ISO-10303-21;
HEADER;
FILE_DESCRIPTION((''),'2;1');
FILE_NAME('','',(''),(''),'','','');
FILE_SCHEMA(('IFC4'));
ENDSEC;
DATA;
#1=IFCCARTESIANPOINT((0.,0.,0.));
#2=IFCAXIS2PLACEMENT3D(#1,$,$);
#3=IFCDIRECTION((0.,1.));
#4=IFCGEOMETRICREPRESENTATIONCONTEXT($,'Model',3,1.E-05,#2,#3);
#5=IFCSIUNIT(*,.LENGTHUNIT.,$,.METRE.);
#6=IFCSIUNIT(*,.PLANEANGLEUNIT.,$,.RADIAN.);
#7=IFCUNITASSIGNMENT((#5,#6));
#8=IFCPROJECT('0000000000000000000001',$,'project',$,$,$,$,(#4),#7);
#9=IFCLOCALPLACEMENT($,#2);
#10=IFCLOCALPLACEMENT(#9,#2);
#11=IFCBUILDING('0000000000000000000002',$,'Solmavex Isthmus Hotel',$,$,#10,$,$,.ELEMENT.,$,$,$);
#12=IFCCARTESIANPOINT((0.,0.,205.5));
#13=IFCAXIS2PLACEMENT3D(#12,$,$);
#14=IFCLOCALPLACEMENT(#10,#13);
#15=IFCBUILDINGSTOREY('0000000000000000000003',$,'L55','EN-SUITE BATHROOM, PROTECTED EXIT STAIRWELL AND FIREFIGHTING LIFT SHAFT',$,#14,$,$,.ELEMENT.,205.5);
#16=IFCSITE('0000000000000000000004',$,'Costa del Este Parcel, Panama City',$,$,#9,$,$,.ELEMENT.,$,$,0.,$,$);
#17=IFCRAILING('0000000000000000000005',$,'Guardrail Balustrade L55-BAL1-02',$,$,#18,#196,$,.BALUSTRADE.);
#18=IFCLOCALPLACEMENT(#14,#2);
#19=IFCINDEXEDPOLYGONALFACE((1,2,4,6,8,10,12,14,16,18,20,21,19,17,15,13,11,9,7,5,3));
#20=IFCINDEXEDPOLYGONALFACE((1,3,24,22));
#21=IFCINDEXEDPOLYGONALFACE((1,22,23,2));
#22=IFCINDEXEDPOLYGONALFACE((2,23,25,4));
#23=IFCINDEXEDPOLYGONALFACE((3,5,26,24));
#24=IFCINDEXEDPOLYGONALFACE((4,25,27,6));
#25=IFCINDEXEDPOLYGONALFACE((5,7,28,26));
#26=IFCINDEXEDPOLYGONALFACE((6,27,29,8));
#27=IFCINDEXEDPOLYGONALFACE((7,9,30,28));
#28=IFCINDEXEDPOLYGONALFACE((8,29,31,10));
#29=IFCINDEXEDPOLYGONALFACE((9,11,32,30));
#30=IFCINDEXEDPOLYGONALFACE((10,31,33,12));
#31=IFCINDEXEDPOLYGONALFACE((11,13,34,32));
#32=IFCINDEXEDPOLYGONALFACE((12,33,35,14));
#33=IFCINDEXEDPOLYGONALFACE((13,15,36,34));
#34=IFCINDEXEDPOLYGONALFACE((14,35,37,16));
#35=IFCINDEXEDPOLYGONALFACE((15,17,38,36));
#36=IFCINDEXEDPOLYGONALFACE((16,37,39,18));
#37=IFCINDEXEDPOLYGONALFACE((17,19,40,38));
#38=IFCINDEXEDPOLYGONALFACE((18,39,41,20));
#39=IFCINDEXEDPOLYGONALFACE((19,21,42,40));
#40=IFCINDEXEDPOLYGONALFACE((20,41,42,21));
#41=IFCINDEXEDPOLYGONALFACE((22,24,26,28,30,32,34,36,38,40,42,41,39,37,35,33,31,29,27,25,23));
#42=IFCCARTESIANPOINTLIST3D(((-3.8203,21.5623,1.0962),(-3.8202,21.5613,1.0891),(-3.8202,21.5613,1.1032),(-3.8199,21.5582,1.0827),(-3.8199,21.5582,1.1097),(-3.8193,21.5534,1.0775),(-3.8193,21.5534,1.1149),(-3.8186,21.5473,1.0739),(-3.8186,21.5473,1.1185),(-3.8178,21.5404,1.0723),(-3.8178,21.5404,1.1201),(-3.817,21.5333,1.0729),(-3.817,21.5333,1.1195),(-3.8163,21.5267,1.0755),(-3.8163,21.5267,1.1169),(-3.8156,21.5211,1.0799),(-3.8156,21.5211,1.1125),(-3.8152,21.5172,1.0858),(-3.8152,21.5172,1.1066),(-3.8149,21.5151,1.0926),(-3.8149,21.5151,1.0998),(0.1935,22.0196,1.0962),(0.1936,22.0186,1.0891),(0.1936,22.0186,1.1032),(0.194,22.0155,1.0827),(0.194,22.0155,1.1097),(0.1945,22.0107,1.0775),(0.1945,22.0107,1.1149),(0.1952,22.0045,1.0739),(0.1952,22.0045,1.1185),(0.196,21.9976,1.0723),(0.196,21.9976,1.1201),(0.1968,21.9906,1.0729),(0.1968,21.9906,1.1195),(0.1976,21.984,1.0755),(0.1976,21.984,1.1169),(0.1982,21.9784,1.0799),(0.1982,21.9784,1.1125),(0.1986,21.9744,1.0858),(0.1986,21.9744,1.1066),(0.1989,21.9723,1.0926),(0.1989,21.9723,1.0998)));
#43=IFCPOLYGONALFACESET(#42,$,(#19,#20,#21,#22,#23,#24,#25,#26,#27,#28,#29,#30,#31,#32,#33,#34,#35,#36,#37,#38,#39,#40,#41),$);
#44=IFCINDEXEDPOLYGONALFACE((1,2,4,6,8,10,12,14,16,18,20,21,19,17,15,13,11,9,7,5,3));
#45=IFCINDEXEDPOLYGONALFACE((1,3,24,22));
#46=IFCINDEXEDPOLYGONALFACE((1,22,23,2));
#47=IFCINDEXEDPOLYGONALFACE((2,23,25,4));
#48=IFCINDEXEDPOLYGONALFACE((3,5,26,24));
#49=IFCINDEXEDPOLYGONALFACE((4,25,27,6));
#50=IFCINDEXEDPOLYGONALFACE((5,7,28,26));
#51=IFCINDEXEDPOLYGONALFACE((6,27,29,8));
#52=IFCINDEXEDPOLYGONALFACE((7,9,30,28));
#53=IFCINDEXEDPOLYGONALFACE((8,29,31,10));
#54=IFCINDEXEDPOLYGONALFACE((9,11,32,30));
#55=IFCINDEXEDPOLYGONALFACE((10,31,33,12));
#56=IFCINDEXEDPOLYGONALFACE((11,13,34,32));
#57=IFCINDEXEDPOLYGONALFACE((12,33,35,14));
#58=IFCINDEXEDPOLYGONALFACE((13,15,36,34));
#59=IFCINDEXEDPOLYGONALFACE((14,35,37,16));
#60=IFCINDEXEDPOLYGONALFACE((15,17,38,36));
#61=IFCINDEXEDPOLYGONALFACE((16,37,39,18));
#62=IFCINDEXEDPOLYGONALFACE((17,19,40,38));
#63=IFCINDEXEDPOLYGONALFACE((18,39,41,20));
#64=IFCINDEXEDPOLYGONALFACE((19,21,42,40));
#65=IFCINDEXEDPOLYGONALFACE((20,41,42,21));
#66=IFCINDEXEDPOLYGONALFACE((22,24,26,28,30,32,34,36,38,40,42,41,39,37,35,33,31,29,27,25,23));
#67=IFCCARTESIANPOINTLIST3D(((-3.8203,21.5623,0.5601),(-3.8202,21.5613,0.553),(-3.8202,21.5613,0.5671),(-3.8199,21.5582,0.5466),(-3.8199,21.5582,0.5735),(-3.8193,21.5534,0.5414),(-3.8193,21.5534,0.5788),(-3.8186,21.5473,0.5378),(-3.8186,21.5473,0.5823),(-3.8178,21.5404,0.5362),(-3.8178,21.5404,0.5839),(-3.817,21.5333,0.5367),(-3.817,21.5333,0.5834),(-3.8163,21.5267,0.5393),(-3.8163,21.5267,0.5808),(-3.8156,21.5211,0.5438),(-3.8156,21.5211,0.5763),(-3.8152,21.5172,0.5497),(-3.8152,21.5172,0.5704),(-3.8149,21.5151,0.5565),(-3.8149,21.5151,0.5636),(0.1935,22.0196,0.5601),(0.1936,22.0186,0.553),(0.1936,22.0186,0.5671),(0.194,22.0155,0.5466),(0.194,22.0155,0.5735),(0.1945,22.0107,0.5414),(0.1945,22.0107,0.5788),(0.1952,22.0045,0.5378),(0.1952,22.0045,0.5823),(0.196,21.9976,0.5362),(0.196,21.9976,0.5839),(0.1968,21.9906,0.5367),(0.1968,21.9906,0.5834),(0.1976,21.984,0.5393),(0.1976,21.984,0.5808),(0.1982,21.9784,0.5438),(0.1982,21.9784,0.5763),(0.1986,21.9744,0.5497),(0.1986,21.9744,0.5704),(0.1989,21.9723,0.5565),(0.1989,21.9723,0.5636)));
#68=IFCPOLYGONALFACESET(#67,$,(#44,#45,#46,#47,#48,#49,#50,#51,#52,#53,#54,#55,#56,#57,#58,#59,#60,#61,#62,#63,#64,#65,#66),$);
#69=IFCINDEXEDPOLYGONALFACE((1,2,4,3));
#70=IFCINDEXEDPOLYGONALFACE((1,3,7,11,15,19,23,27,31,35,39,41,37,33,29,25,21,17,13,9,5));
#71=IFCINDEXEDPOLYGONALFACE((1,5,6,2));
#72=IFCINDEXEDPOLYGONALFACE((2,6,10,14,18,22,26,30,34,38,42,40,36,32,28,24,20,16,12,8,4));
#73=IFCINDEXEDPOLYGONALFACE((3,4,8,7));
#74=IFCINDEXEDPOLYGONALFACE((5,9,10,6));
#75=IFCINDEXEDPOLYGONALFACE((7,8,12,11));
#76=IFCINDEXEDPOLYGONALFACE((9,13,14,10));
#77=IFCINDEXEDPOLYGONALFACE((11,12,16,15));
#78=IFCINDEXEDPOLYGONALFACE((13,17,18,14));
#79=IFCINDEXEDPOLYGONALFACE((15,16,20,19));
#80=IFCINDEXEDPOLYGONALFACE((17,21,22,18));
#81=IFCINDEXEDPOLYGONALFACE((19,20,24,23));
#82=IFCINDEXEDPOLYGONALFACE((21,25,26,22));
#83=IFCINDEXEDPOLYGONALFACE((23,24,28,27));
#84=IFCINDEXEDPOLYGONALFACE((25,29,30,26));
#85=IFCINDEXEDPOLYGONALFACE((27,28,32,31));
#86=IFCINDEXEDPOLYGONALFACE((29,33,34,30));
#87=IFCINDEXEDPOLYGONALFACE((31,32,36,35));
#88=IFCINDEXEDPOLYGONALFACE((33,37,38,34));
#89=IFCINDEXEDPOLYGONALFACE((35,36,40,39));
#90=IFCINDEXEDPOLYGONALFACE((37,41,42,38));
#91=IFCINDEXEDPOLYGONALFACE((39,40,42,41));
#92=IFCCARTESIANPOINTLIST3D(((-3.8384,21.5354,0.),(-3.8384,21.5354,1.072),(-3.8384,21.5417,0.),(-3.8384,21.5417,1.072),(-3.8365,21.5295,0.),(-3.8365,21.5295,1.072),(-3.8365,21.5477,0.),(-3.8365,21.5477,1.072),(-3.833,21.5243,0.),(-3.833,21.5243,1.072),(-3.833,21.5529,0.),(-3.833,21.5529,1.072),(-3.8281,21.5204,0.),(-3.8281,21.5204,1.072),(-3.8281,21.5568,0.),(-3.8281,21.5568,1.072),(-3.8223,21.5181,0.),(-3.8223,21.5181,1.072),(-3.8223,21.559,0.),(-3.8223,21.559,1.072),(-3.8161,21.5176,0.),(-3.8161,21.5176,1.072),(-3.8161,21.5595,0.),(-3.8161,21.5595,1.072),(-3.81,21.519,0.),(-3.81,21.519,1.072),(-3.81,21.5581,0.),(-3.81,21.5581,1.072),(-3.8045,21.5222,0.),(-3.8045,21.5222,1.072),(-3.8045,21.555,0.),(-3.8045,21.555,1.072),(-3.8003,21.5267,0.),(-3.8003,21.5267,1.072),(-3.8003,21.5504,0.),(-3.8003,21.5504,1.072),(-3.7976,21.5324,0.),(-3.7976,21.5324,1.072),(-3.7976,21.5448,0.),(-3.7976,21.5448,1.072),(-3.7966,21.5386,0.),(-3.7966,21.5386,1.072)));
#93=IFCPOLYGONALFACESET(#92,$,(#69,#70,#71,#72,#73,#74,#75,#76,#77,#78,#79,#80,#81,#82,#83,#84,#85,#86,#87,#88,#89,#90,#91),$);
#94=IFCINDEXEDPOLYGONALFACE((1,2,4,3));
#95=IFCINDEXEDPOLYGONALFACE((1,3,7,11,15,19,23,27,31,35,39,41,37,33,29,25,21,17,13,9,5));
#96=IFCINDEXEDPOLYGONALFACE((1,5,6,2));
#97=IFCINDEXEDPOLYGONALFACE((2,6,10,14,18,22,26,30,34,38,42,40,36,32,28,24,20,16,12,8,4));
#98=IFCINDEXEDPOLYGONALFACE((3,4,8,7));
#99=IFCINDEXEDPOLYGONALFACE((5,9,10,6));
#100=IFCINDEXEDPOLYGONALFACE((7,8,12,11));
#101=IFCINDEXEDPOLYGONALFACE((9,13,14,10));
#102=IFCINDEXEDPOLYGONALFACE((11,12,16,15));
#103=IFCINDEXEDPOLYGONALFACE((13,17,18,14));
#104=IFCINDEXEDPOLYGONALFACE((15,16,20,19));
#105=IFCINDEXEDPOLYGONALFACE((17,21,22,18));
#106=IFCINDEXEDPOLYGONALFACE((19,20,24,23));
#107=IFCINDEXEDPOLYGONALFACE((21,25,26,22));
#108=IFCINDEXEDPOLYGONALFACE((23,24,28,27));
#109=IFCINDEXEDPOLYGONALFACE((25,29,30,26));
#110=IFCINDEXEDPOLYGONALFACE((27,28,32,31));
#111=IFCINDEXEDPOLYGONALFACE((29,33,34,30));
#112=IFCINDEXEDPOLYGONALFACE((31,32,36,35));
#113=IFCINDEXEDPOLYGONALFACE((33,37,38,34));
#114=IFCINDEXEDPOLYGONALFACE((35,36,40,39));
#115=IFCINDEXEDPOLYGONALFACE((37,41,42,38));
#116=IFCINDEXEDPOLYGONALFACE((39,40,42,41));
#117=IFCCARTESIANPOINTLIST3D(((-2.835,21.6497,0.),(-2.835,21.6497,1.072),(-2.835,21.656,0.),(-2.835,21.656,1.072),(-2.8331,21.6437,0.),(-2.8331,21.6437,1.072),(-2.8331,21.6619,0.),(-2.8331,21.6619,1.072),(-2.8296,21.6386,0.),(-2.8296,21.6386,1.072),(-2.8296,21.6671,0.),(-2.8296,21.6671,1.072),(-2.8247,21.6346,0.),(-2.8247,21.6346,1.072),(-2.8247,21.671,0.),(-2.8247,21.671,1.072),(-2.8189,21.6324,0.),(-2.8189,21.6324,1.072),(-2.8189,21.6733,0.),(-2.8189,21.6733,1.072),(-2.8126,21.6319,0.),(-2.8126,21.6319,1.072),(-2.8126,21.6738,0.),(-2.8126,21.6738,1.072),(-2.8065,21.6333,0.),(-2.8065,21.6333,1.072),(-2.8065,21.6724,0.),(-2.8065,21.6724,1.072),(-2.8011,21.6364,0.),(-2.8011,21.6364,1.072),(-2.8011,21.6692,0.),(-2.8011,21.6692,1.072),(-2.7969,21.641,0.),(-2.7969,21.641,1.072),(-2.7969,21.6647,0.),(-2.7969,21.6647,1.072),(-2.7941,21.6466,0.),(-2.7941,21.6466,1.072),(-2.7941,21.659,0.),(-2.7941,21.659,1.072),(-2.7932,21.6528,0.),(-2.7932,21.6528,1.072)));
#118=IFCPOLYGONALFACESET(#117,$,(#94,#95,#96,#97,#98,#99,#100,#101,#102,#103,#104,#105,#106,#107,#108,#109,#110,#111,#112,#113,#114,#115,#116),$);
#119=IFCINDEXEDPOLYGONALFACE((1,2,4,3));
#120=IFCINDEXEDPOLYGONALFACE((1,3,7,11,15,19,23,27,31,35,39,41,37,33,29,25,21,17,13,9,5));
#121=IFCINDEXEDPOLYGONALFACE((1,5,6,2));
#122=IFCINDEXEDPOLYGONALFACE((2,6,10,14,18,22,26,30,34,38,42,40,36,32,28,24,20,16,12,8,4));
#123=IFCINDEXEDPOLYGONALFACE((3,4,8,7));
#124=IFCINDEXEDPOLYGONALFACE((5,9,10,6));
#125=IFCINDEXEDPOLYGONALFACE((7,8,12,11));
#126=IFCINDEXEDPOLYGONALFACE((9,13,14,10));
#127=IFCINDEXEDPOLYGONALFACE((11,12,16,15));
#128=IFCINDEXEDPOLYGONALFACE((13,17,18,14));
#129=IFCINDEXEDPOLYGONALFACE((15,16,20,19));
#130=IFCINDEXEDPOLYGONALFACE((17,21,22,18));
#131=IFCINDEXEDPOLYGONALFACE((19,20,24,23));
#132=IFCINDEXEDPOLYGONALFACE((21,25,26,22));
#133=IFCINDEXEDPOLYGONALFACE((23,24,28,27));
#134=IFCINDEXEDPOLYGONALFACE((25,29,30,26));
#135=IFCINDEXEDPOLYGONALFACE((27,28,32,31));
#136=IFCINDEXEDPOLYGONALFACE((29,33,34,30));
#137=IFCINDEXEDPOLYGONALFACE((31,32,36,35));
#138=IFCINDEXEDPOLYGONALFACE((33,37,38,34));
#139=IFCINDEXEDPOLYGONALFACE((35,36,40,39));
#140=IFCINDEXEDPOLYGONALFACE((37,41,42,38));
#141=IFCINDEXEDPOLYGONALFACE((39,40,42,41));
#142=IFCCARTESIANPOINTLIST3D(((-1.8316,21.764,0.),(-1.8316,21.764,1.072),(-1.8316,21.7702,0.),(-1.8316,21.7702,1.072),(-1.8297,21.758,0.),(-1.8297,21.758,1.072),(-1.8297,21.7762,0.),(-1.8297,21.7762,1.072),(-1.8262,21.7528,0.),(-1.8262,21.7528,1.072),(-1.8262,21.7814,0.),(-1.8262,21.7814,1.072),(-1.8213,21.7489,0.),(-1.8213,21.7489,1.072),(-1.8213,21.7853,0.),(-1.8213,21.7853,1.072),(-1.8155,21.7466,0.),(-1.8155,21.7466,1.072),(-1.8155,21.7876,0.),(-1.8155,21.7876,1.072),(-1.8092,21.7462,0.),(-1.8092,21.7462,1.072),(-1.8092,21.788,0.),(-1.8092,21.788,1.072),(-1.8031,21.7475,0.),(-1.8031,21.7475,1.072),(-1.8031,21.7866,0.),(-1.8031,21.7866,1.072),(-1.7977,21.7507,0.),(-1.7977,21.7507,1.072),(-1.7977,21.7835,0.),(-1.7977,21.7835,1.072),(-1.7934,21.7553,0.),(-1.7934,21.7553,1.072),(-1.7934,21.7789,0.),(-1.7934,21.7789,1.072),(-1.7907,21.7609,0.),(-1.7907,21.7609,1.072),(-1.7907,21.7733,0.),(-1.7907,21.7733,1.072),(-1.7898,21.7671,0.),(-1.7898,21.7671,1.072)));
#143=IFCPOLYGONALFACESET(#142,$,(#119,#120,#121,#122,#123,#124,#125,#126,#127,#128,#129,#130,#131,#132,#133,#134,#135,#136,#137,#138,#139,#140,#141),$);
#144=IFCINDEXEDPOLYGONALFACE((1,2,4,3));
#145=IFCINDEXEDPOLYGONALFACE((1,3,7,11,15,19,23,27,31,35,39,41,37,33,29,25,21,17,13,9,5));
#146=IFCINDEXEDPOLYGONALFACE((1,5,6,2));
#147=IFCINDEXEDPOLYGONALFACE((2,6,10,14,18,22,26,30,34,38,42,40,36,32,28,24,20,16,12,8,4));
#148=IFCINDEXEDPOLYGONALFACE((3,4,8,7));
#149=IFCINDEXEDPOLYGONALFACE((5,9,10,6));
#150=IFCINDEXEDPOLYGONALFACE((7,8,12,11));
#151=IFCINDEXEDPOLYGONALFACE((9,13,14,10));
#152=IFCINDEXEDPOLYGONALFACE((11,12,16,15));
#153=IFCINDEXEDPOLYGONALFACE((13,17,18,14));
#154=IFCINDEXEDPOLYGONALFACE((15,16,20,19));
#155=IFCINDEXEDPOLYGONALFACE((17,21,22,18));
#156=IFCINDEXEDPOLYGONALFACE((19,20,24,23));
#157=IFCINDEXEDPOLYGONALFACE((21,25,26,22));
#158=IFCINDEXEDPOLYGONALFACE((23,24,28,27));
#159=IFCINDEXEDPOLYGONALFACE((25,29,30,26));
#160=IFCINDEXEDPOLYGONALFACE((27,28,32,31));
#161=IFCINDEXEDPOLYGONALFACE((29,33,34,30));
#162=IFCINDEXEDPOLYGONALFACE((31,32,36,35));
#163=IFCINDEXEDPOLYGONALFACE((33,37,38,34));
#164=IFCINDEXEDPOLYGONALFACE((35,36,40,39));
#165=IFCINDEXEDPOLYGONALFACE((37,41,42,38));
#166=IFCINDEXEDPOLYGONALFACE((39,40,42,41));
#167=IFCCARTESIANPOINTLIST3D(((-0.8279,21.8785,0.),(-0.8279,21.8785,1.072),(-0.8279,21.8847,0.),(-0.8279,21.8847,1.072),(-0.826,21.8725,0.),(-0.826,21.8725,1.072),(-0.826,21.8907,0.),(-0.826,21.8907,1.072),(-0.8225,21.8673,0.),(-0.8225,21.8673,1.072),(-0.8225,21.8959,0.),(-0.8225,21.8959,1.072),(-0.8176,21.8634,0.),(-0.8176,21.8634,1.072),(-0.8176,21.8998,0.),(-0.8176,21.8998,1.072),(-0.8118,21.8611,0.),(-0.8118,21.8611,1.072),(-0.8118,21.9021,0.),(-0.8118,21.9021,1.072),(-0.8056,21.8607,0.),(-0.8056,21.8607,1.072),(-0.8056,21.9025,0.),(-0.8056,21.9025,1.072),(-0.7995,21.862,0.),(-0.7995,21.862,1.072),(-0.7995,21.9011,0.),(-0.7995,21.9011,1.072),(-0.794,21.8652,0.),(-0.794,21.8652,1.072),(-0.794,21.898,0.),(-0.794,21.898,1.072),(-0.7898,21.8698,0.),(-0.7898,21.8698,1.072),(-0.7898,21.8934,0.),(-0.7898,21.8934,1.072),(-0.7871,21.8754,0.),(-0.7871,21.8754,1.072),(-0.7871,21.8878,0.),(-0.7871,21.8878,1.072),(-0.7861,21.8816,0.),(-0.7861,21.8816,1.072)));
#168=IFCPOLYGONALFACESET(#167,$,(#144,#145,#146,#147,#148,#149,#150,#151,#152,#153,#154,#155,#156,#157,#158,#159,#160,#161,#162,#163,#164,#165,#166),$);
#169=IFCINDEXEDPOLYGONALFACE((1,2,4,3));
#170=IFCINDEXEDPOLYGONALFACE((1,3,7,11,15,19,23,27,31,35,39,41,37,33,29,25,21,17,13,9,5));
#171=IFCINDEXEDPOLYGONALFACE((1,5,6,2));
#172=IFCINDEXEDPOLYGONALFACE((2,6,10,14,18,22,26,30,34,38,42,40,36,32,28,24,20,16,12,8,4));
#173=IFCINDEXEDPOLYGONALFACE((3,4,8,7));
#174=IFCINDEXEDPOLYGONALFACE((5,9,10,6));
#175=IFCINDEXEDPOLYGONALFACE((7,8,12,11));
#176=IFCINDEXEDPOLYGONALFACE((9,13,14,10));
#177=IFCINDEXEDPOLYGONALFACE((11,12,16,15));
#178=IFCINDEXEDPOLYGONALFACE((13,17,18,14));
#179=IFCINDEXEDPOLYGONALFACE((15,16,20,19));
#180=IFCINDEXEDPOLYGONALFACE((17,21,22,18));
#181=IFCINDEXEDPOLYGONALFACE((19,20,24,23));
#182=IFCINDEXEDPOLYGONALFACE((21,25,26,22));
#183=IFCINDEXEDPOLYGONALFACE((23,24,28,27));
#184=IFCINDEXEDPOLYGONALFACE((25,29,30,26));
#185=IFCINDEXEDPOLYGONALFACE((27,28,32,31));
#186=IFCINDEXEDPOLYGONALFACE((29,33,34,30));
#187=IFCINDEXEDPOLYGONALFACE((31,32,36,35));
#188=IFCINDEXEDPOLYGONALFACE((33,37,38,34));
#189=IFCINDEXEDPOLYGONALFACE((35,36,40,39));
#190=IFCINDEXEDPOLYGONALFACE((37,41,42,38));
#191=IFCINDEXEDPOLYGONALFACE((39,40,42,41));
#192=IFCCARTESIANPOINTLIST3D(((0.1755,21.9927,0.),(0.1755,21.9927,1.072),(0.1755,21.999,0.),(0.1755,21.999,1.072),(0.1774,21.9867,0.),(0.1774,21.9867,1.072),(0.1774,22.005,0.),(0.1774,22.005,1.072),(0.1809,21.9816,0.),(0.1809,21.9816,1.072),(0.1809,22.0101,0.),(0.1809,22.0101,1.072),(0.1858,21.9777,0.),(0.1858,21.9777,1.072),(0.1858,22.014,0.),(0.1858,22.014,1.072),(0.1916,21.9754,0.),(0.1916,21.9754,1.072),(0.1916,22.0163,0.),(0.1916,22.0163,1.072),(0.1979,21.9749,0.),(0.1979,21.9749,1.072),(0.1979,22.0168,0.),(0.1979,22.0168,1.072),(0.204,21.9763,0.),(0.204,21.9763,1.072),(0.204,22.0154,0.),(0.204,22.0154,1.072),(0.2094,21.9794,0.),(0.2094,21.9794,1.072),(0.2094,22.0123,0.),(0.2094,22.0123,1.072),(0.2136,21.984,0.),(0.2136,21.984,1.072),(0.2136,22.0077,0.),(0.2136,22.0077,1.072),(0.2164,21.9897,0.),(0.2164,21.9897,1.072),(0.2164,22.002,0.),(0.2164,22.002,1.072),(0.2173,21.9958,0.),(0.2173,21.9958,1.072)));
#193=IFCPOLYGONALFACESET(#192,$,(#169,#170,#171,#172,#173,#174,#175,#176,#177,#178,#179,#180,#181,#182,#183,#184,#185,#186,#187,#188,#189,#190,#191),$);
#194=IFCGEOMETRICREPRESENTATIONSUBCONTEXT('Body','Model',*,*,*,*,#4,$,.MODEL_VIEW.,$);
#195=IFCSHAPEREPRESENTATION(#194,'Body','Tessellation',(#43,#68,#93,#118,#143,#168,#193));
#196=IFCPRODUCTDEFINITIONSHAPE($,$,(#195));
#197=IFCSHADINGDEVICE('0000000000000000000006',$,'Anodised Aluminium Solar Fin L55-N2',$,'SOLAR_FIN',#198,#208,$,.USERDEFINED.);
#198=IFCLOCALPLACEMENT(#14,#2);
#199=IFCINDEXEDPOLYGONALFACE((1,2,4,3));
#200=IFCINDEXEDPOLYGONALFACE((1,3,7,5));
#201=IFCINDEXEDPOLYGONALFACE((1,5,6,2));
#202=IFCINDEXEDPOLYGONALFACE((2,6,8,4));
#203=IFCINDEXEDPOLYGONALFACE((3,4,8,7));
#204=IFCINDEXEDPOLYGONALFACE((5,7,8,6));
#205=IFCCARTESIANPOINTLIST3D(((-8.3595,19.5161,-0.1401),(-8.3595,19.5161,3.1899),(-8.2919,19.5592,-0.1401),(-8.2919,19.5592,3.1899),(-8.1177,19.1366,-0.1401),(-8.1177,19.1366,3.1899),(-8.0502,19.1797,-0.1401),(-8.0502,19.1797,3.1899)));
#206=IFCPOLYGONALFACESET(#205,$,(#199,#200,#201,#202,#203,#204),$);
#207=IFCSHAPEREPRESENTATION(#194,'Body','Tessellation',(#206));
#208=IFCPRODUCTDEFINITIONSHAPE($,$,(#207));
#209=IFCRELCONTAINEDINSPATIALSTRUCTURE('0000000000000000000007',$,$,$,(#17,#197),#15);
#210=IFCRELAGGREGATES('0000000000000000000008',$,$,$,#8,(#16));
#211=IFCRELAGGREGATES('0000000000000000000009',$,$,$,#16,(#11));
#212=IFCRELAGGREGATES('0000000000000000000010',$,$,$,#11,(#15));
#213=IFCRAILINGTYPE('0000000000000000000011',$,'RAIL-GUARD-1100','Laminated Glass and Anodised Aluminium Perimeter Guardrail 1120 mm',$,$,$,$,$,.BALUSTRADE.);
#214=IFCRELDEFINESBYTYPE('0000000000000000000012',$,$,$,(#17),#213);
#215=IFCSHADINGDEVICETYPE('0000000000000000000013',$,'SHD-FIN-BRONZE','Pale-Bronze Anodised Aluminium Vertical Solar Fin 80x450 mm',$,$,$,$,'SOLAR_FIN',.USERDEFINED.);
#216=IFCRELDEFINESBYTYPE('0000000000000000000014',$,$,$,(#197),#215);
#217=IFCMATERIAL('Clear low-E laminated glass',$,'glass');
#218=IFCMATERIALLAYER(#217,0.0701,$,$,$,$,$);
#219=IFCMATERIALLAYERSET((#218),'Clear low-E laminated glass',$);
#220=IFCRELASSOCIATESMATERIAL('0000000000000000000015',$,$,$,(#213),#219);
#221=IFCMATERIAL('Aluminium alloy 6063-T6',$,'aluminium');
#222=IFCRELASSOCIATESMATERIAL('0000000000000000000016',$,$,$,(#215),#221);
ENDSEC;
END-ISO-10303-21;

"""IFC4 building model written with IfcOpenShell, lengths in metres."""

from ifc_helpers import new_model, si_unit, direction, frame, origin, origin_2d, place, context, subcontext, project, spatial, rectangle, circle, extrude, material, layer, layer_set, type_object, element, save


model = new_model("IFC4")

# Units and contexts
model_context = context("Model", 3, precision=1e-05, world=origin(), true_north=direction((0.0, 1.0)))
body_context = subcontext(model_context, "Body", "Model", "MODEL_VIEW")
ifc_project = project(units=[si_unit("LENGTHUNIT", "METRE"), si_unit("PLANEANGLEUNIT", "RADIAN")], contexts=[model_context])

# Site, building, storey
site_placement = place(None, origin())
site = spatial("IfcSite", under=ifc_project, at=site_placement, Name="Costa del Este Parcel, Panama City", CompositionType="ELEMENT", RefElevation=0.0)
building_placement = place(site_placement, origin())
building = spatial("IfcBuilding", under=site, at=building_placement, Name="Solmavex Isthmus Hotel", CompositionType="ELEMENT")
storey_placement = place(building_placement, frame((0.0, 0.0, 205.5)))
storey = spatial("IfcBuildingStorey", under=building, at=storey_placement, Name="L55", Description="EN-SUITE BATHROOM, PROTECTED EXIT STAIRWELL AND FIREFIGHTING LIFT SHAFT", CompositionType="ELEMENT", Elevation=205.5)

# Shared definitions
ifc_material_1 = material(Name="Aluminium alloy 6063-T6", Category="aluminium")

# Shared definitions
ifc_material_2 = material(Name="Clear low-E laminated glass", Category="glass")

# Railing
ifc_layer_1 = layer(ifc_material_2, 0.0701)
ifc_layer_set_1 = layer_set([ifc_layer_1], Name="Clear low-E laminated glass")
railing_type = type_object("IfcRailingType", Name="RAIL-GUARD-1100", Description="Laminated Glass and Anodised Aluminium Perimeter Guardrail 1120 mm", PredefinedType="BALUSTRADE", material=ifc_layer_set_1)
railing_1_placement = place(storey_placement, frame((-3.8176, 21.5386, 0.0)))
element("IfcRailing", 1, at=railing_1_placement, inside=storey, type_object=railing_type, Name="Guardrail Balustrade L55-BAL1-02", PredefinedType="BALUSTRADE", context=body_context, shape_type="SweptSolid", body=[
    extrude(circle(Radius=0.0239, at=origin_2d()), frame((0.0, 0.0, 1.0962), z_axis=(0.993573, 0.11319, 0.0), x_axis=(-0.11319, 0.993573, 0.0)), (0.0, 0.0, 1.0), 4.0398),
    extrude(circle(Radius=0.0239, at=origin_2d()), frame((0.0, 0.0, 0.5601), z_axis=(0.993573, 0.11319, 0.0), x_axis=(-0.11319, 0.993573, 0.0)), (0.0, 0.0, 1.0), 4.0398),
    extrude(circle(Radius=0.021, at=origin_2d()), origin(), (0.0, 0.0, 1.0), 1.072),
    extrude(circle(Radius=0.021, at=origin_2d()), frame((1.0034, 0.1143, 0.0)), (0.0, 0.0, 1.0), 1.072),
    extrude(circle(Radius=0.021, at=origin_2d()), frame((2.0068, 0.2285, 0.0)), (0.0, 0.0, 1.0), 1.072),
    extrude(circle(Radius=0.021, at=origin_2d()), frame((3.0105, 0.343, 0.0)), (0.0, 0.0, 1.0), 1.072),
    extrude(circle(Radius=0.021, at=origin_2d()), frame((4.0139, 0.4573, 0.0)), (0.0, 0.0, 1.0), 1.072),
])

# Shading device
shading_device_type = type_object("IfcShadingDeviceType", Name="SHD-FIN-BRONZE", Description="Pale-Bronze Anodised Aluminium Vertical Solar Fin 80x450 mm", ElementType="SOLAR_FIN", PredefinedType="USERDEFINED", material=ifc_material_1)
shading_device_placement = place(storey_placement, frame((-8.2048, 19.3479, -0.1401), z_axis=(0.0, 0.0, 1.0), x_axis=(-0.5373, 0.843391, 0.0)))
element("IfcShadingDevice", 2, at=shading_device_placement, inside=storey, type_object=shading_device_type, Name="Anodised Aluminium Solar Fin L55-N2", ObjectType="SOLAR_FIN", PredefinedType="USERDEFINED", context=body_context, shape_type="SweptSolid", body=[
    extrude(rectangle(XDim=0.45, YDim=0.0801, at=origin_2d()), origin(), (0.0, 0.0, 1.0), 3.3301),
])

save(model, "model.ifc")
